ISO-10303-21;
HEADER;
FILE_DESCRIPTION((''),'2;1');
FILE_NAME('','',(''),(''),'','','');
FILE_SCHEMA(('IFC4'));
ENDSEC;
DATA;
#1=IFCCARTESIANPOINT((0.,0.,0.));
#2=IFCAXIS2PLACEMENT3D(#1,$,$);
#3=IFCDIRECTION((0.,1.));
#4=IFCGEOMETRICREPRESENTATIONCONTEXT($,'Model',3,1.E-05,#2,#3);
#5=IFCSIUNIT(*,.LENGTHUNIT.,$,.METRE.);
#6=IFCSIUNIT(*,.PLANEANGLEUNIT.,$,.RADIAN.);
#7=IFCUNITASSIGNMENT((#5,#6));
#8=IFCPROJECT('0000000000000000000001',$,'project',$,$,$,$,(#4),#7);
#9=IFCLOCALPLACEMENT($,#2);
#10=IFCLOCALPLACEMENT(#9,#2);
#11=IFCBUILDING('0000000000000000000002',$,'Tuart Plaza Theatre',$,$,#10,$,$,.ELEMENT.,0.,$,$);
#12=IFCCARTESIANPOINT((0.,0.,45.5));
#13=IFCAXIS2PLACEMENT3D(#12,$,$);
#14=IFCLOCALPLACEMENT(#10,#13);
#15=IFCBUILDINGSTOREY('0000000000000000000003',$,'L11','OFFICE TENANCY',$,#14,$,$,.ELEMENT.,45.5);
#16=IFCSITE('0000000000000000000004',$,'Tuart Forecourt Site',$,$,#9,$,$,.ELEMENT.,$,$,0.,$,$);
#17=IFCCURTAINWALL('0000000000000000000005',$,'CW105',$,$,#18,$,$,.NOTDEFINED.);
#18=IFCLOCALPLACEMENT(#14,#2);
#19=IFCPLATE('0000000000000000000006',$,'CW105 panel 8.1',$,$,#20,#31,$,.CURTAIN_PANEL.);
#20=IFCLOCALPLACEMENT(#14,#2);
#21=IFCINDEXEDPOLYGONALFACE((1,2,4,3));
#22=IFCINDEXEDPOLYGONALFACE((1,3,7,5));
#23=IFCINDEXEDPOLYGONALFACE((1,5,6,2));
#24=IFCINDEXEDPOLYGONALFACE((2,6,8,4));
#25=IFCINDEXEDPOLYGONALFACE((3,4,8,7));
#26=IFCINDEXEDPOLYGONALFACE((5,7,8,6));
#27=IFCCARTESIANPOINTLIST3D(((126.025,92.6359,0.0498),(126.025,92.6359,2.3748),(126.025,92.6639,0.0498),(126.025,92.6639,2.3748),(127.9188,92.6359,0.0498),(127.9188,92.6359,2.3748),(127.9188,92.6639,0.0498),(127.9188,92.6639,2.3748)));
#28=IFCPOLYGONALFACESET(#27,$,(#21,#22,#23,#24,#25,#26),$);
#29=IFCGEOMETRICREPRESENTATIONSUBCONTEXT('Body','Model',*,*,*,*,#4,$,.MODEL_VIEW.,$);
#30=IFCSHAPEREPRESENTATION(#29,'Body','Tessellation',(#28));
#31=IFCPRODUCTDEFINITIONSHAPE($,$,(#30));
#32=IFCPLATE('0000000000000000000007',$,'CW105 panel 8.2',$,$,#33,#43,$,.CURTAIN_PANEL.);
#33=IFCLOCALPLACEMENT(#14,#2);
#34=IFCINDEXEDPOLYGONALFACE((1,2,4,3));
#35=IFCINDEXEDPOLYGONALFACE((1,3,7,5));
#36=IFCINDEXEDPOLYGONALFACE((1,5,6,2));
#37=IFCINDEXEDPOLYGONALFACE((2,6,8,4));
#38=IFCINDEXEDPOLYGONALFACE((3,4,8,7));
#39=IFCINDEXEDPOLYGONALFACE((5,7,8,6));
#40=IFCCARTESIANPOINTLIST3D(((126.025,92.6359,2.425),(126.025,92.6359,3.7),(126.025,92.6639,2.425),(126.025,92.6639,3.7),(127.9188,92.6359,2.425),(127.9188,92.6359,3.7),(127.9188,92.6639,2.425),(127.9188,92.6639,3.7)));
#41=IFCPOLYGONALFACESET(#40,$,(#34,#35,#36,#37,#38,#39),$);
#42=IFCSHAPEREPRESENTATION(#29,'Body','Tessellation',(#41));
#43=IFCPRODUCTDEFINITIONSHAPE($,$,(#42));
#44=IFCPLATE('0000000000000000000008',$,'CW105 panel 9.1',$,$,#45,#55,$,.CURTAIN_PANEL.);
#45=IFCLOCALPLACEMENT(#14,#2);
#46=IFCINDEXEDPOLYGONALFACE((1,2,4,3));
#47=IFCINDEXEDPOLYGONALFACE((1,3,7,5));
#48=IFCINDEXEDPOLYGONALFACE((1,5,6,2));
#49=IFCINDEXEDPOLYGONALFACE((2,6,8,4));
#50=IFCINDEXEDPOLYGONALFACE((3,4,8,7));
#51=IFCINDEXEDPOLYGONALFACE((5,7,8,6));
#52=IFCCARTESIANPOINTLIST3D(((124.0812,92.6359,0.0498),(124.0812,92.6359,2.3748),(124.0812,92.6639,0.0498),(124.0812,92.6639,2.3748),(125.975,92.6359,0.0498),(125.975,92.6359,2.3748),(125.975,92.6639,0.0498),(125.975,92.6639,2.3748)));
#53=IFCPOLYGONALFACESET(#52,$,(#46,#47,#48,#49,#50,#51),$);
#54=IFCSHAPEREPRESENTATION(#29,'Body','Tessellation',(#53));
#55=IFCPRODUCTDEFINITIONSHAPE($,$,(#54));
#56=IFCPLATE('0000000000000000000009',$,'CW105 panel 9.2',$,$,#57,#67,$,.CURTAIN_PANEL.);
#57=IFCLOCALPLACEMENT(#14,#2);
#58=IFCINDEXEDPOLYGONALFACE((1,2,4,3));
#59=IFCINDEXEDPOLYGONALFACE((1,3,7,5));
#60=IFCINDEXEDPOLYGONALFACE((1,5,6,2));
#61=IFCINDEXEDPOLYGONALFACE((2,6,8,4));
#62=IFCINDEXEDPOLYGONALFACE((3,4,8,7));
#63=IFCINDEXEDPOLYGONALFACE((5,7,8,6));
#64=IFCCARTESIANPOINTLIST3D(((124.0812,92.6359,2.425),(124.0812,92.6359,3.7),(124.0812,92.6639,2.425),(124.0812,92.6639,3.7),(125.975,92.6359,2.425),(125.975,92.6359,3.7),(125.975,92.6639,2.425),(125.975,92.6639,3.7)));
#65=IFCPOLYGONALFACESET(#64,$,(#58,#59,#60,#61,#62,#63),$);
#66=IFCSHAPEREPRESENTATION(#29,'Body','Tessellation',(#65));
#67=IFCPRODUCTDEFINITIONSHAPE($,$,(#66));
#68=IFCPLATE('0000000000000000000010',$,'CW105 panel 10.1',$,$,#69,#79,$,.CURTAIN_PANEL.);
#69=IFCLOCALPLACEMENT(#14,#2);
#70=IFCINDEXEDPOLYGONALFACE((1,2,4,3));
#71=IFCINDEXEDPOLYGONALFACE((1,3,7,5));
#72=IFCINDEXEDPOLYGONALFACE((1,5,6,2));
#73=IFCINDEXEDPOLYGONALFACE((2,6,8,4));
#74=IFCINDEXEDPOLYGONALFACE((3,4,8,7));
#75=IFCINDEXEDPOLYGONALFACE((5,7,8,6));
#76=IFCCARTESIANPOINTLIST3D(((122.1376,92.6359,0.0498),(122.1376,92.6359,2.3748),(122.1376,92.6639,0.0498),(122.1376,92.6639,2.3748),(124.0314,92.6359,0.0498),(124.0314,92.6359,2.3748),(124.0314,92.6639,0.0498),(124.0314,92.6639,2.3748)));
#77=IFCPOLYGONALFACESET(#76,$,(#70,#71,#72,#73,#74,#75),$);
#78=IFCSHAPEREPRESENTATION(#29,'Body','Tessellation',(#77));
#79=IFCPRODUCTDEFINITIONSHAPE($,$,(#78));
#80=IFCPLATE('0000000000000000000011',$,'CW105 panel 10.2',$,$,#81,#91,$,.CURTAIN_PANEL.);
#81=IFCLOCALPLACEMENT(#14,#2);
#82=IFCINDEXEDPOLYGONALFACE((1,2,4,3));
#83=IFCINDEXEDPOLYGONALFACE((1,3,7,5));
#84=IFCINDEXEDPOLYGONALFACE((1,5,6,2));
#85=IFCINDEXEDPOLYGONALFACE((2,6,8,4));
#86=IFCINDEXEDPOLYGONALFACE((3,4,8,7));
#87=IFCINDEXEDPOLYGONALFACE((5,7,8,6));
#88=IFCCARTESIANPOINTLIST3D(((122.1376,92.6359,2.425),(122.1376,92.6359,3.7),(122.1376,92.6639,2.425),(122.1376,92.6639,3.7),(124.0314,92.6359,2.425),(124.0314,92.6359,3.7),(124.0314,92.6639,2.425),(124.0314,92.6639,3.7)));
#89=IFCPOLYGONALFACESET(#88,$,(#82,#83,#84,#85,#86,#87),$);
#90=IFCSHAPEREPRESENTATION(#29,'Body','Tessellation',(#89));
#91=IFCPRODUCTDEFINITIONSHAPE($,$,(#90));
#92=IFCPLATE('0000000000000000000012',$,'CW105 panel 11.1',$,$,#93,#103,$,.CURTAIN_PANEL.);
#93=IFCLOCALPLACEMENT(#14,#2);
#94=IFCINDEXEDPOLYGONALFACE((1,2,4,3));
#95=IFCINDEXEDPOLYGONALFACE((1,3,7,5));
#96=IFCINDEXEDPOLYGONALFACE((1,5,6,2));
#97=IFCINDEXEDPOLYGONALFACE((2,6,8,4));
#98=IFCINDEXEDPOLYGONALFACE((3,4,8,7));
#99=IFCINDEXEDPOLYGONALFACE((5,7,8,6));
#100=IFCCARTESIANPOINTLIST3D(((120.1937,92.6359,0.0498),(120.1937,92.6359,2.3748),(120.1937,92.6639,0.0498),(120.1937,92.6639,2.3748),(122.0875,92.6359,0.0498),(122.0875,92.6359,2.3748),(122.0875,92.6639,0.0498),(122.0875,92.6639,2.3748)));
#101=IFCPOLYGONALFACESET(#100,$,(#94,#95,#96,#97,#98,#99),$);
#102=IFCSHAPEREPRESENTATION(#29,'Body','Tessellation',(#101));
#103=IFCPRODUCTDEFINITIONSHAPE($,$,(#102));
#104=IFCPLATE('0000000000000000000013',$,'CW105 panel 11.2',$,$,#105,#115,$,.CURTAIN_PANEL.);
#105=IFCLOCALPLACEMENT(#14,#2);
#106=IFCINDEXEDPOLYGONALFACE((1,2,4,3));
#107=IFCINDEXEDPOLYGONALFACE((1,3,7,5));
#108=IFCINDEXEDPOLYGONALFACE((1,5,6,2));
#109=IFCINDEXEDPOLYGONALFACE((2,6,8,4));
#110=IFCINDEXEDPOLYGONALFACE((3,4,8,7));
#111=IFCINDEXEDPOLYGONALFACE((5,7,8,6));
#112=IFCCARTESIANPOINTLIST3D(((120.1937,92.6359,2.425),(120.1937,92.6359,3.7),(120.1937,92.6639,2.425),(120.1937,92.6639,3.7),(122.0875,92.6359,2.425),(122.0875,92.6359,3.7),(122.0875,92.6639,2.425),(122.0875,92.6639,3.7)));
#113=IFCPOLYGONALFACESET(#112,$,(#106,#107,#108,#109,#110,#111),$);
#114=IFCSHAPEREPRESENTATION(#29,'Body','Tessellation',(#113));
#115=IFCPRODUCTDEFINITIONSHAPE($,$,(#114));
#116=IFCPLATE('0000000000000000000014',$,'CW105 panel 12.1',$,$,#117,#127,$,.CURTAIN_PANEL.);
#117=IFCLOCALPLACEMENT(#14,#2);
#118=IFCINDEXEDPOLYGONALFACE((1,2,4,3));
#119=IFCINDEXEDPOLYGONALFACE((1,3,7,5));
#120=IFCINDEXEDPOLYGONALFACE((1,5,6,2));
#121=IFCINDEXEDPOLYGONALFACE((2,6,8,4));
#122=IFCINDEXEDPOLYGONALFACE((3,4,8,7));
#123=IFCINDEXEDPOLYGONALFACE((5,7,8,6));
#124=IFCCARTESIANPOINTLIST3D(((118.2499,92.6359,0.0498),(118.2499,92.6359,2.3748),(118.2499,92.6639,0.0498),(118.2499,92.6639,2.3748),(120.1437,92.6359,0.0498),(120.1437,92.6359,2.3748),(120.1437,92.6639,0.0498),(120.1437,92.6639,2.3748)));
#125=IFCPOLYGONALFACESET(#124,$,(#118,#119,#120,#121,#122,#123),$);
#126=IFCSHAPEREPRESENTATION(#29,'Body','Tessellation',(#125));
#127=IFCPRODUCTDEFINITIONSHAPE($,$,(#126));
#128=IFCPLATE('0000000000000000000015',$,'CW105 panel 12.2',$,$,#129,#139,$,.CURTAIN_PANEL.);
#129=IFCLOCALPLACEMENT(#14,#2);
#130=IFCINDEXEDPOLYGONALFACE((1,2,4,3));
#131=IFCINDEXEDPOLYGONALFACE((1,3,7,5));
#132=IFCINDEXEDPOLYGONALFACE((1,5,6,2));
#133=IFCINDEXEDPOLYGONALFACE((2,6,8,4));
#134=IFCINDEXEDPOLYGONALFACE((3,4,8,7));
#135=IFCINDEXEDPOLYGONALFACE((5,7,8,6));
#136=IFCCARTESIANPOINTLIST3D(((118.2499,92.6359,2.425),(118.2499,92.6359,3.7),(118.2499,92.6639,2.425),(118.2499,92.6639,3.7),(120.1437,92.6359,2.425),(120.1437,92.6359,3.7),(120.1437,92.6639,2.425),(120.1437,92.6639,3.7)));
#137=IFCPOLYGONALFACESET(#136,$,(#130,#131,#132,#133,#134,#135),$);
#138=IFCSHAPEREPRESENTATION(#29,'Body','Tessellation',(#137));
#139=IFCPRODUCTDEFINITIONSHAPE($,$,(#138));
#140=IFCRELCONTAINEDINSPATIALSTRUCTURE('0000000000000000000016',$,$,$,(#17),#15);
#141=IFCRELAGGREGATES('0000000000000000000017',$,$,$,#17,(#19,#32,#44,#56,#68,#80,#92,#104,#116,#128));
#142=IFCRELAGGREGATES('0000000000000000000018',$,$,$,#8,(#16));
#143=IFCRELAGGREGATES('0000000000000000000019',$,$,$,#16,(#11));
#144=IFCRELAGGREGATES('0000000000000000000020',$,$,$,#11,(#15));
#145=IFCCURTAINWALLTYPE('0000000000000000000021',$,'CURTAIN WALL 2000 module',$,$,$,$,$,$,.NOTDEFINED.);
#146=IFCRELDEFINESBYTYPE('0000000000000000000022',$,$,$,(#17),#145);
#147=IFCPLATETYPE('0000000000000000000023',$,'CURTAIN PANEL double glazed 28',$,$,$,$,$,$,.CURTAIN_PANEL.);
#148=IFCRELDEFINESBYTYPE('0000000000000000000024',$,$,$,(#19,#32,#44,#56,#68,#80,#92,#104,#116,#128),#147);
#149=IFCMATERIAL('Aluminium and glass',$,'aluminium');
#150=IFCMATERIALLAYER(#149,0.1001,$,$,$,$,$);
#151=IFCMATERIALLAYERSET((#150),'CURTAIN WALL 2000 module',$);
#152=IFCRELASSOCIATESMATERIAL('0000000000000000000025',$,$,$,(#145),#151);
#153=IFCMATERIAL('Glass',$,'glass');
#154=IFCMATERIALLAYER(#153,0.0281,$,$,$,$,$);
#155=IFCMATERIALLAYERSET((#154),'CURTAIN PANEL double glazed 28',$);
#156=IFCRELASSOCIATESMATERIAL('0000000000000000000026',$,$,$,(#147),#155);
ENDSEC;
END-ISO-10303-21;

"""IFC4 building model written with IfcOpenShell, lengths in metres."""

from ifc_helpers import new_model, si_unit, direction, frame, origin, origin_2d, place, context, subcontext, project, spatial, rectangle, extrude, material, layer, layer_set, type_object, element, aggregate, save


model = new_model("IFC4")

# Units and contexts
model_context = context("Model", 3, precision=1e-05, world=origin(), true_north=direction((0.0, 1.0)))
body_context = subcontext(model_context, "Body", "Model", "MODEL_VIEW")
ifc_project = project(units=[si_unit("LENGTHUNIT", "METRE"), si_unit("PLANEANGLEUNIT", "RADIAN")], contexts=[model_context])

# Site, building, storey
site_placement = place(None, origin())
site = spatial("IfcSite", under=ifc_project, at=site_placement, Name="Tuart Forecourt Site", CompositionType="ELEMENT", RefElevation=0.0)
building_placement = place(site_placement, origin())
building = spatial("IfcBuilding", under=site, at=building_placement, Name="Tuart Plaza Theatre", CompositionType="ELEMENT", ElevationOfRefHeight=0.0)
storey_placement = place(building_placement, frame((0.0, 0.0, 45.5)))
storey = spatial("IfcBuildingStorey", under=building, at=storey_placement, Name="L11", Description="OFFICE TENANCY", CompositionType="ELEMENT", Elevation=45.5)

# Curtain wall, plates
ifc_material_1 = material(Name="Aluminium and glass", Category="aluminium")
ifc_layer_1 = layer(ifc_material_1, 0.1001)
ifc_layer_set_1 = layer_set([ifc_layer_1], Name="CURTAIN WALL 2000 module")
curtain_wall_type = type_object("IfcCurtainWallType", Name="CURTAIN WALL 2000 module", PredefinedType="NOTDEFINED", material=ifc_layer_set_1)
curtain_wall_placement = place(storey_placement, origin())
curtain_wall = element("IfcCurtainWall", 1, at=curtain_wall_placement, inside=storey, type_object=curtain_wall_type, Name="CW105", PredefinedType="NOTDEFINED")
ifc_material_2 = material(Name="Glass", Category="glass")
ifc_layer_2 = layer(ifc_material_2, 0.0281)
ifc_layer_set_2 = layer_set([ifc_layer_2], Name="CURTAIN PANEL double glazed 28")
plate_type = type_object("IfcPlateType", Name="CURTAIN PANEL double glazed 28", PredefinedType="CURTAIN_PANEL", material=ifc_layer_set_2)
plate_1_placement = place(storey_placement, frame((126.9719, 92.6499, 0.0498), z_axis=(0.0, 0.0, 1.0), x_axis=(-1.0, 0.0, 0.0)))
plate_1 = element("IfcPlate", 2, at=plate_1_placement, type_object=plate_type, Name="CW105 panel 8.1", PredefinedType="CURTAIN_PANEL", context=body_context, shape_type="SweptSolid", body=[
    extrude(rectangle(XDim=1.8938, YDim=0.0281, at=origin_2d()), origin(), (0.0, 0.0, 1.0), 2.325),
])
plate_2_placement = place(storey_placement, frame((126.9719, 92.6499, 2.425), z_axis=(0.0, 0.0, 1.0), x_axis=(-1.0, 0.0, 0.0)))
plate_2 = element("IfcPlate", 3, at=plate_2_placement, type_object=plate_type, Name="CW105 panel 8.2", PredefinedType="CURTAIN_PANEL", context=body_context, shape_type="SweptSolid", body=[
    extrude(rectangle(XDim=1.8938, YDim=0.0281, at=origin_2d()), origin(), (0.0, 0.0, 1.0), 1.2749),
])
plate_3_placement = place(storey_placement, frame((125.0281, 92.6499, 0.0498), z_axis=(0.0, 0.0, 1.0), x_axis=(-1.0, 0.0, 0.0)))
plate_3 = element("IfcPlate", 4, at=plate_3_placement, type_object=plate_type, Name="CW105 panel 9.1", PredefinedType="CURTAIN_PANEL", context=body_context, shape_type="SweptSolid", body=[
    extrude(rectangle(XDim=1.8938, YDim=0.0281, at=origin_2d()), origin(), (0.0, 0.0, 1.0), 2.325),
])
plate_4_placement = place(storey_placement, frame((125.0281, 92.6499, 2.425), z_axis=(0.0, 0.0, 1.0), x_axis=(-1.0, 0.0, 0.0)))
plate_4 = element("IfcPlate", 5, at=plate_4_placement, type_object=plate_type, Name="CW105 panel 9.2", PredefinedType="CURTAIN_PANEL", context=body_context, shape_type="SweptSolid", body=[
    extrude(rectangle(XDim=1.8938, YDim=0.0281, at=origin_2d()), origin(), (0.0, 0.0, 1.0), 1.2749),
])
plate_5_placement = place(storey_placement, frame((123.0845, 92.6499, 0.0498), z_axis=(0.0, 0.0, 1.0), x_axis=(-1.0, 0.0, 0.0)))
plate_5 = element("IfcPlate", 6, at=plate_5_placement, type_object=plate_type, Name="CW105 panel 10.1", PredefinedType="CURTAIN_PANEL", context=body_context, shape_type="SweptSolid", body=[
    extrude(rectangle(XDim=1.8938, YDim=0.0281, at=origin_2d()), origin(), (0.0, 0.0, 1.0), 2.325),
])
plate_6_placement = place(storey_placement, frame((123.0845, 92.6499, 2.425), z_axis=(0.0, 0.0, 1.0), x_axis=(-1.0, 0.0, 0.0)))
plate_6 = element("IfcPlate", 7, at=plate_6_placement, type_object=plate_type, Name="CW105 panel 10.2", PredefinedType="CURTAIN_PANEL", context=body_context, shape_type="SweptSolid", body=[
    extrude(rectangle(XDim=1.8938, YDim=0.0281, at=origin_2d()), origin(), (0.0, 0.0, 1.0), 1.2749),
])
plate_7_placement = place(storey_placement, frame((121.1406, 92.6499, 0.0498), z_axis=(0.0, 0.0, 1.0), x_axis=(-1.0, 0.0, 0.0)))
plate_7 = element("IfcPlate", 8, at=plate_7_placement, type_object=plate_type, Name="CW105 panel 11.1", PredefinedType="CURTAIN_PANEL", context=body_context, shape_type="SweptSolid", body=[
    extrude(rectangle(XDim=1.8938, YDim=0.0281, at=origin_2d()), origin(), (0.0, 0.0, 1.0), 2.325),
])
plate_8_placement = place(storey_placement, frame((121.1406, 92.6499, 2.425), z_axis=(0.0, 0.0, 1.0), x_axis=(-1.0, 0.0, 0.0)))
plate_8 = element("IfcPlate", 9, at=plate_8_placement, type_object=plate_type, Name="CW105 panel 11.2", PredefinedType="CURTAIN_PANEL", context=body_context, shape_type="SweptSolid", body=[
    extrude(rectangle(XDim=1.8938, YDim=0.0281, at=origin_2d()), origin(), (0.0, 0.0, 1.0), 1.2749),
])
plate_9_placement = place(storey_placement, frame((119.1968, 92.6499, 0.0498), z_axis=(0.0, 0.0, 1.0), x_axis=(-1.0, 0.0, 0.0)))
plate_9 = element("IfcPlate", 10, at=plate_9_placement, type_object=plate_type, Name="CW105 panel 12.1", PredefinedType="CURTAIN_PANEL", context=body_context, shape_type="SweptSolid", body=[
    extrude(rectangle(XDim=1.8938, YDim=0.0281, at=origin_2d()), origin(), (0.0, 0.0, 1.0), 2.325),
])
plate_10_placement = place(storey_placement, frame((119.1968, 92.6499, 2.425), z_axis=(0.0, 0.0, 1.0), x_axis=(-1.0, 0.0, 0.0)))
plate_10 = element("IfcPlate", 11, at=plate_10_placement, type_object=plate_type, Name="CW105 panel 12.2", PredefinedType="CURTAIN_PANEL", context=body_context, shape_type="SweptSolid", body=[
    extrude(rectangle(XDim=1.8938, YDim=0.0281, at=origin_2d()), origin(), (0.0, 0.0, 1.0), 1.2749),
])
aggregate(curtain_wall, [plate_1, plate_2, plate_3, plate_4, plate_5, plate_6, plate_7, plate_8, plate_9, plate_10])

save(model, "model.ifc")
